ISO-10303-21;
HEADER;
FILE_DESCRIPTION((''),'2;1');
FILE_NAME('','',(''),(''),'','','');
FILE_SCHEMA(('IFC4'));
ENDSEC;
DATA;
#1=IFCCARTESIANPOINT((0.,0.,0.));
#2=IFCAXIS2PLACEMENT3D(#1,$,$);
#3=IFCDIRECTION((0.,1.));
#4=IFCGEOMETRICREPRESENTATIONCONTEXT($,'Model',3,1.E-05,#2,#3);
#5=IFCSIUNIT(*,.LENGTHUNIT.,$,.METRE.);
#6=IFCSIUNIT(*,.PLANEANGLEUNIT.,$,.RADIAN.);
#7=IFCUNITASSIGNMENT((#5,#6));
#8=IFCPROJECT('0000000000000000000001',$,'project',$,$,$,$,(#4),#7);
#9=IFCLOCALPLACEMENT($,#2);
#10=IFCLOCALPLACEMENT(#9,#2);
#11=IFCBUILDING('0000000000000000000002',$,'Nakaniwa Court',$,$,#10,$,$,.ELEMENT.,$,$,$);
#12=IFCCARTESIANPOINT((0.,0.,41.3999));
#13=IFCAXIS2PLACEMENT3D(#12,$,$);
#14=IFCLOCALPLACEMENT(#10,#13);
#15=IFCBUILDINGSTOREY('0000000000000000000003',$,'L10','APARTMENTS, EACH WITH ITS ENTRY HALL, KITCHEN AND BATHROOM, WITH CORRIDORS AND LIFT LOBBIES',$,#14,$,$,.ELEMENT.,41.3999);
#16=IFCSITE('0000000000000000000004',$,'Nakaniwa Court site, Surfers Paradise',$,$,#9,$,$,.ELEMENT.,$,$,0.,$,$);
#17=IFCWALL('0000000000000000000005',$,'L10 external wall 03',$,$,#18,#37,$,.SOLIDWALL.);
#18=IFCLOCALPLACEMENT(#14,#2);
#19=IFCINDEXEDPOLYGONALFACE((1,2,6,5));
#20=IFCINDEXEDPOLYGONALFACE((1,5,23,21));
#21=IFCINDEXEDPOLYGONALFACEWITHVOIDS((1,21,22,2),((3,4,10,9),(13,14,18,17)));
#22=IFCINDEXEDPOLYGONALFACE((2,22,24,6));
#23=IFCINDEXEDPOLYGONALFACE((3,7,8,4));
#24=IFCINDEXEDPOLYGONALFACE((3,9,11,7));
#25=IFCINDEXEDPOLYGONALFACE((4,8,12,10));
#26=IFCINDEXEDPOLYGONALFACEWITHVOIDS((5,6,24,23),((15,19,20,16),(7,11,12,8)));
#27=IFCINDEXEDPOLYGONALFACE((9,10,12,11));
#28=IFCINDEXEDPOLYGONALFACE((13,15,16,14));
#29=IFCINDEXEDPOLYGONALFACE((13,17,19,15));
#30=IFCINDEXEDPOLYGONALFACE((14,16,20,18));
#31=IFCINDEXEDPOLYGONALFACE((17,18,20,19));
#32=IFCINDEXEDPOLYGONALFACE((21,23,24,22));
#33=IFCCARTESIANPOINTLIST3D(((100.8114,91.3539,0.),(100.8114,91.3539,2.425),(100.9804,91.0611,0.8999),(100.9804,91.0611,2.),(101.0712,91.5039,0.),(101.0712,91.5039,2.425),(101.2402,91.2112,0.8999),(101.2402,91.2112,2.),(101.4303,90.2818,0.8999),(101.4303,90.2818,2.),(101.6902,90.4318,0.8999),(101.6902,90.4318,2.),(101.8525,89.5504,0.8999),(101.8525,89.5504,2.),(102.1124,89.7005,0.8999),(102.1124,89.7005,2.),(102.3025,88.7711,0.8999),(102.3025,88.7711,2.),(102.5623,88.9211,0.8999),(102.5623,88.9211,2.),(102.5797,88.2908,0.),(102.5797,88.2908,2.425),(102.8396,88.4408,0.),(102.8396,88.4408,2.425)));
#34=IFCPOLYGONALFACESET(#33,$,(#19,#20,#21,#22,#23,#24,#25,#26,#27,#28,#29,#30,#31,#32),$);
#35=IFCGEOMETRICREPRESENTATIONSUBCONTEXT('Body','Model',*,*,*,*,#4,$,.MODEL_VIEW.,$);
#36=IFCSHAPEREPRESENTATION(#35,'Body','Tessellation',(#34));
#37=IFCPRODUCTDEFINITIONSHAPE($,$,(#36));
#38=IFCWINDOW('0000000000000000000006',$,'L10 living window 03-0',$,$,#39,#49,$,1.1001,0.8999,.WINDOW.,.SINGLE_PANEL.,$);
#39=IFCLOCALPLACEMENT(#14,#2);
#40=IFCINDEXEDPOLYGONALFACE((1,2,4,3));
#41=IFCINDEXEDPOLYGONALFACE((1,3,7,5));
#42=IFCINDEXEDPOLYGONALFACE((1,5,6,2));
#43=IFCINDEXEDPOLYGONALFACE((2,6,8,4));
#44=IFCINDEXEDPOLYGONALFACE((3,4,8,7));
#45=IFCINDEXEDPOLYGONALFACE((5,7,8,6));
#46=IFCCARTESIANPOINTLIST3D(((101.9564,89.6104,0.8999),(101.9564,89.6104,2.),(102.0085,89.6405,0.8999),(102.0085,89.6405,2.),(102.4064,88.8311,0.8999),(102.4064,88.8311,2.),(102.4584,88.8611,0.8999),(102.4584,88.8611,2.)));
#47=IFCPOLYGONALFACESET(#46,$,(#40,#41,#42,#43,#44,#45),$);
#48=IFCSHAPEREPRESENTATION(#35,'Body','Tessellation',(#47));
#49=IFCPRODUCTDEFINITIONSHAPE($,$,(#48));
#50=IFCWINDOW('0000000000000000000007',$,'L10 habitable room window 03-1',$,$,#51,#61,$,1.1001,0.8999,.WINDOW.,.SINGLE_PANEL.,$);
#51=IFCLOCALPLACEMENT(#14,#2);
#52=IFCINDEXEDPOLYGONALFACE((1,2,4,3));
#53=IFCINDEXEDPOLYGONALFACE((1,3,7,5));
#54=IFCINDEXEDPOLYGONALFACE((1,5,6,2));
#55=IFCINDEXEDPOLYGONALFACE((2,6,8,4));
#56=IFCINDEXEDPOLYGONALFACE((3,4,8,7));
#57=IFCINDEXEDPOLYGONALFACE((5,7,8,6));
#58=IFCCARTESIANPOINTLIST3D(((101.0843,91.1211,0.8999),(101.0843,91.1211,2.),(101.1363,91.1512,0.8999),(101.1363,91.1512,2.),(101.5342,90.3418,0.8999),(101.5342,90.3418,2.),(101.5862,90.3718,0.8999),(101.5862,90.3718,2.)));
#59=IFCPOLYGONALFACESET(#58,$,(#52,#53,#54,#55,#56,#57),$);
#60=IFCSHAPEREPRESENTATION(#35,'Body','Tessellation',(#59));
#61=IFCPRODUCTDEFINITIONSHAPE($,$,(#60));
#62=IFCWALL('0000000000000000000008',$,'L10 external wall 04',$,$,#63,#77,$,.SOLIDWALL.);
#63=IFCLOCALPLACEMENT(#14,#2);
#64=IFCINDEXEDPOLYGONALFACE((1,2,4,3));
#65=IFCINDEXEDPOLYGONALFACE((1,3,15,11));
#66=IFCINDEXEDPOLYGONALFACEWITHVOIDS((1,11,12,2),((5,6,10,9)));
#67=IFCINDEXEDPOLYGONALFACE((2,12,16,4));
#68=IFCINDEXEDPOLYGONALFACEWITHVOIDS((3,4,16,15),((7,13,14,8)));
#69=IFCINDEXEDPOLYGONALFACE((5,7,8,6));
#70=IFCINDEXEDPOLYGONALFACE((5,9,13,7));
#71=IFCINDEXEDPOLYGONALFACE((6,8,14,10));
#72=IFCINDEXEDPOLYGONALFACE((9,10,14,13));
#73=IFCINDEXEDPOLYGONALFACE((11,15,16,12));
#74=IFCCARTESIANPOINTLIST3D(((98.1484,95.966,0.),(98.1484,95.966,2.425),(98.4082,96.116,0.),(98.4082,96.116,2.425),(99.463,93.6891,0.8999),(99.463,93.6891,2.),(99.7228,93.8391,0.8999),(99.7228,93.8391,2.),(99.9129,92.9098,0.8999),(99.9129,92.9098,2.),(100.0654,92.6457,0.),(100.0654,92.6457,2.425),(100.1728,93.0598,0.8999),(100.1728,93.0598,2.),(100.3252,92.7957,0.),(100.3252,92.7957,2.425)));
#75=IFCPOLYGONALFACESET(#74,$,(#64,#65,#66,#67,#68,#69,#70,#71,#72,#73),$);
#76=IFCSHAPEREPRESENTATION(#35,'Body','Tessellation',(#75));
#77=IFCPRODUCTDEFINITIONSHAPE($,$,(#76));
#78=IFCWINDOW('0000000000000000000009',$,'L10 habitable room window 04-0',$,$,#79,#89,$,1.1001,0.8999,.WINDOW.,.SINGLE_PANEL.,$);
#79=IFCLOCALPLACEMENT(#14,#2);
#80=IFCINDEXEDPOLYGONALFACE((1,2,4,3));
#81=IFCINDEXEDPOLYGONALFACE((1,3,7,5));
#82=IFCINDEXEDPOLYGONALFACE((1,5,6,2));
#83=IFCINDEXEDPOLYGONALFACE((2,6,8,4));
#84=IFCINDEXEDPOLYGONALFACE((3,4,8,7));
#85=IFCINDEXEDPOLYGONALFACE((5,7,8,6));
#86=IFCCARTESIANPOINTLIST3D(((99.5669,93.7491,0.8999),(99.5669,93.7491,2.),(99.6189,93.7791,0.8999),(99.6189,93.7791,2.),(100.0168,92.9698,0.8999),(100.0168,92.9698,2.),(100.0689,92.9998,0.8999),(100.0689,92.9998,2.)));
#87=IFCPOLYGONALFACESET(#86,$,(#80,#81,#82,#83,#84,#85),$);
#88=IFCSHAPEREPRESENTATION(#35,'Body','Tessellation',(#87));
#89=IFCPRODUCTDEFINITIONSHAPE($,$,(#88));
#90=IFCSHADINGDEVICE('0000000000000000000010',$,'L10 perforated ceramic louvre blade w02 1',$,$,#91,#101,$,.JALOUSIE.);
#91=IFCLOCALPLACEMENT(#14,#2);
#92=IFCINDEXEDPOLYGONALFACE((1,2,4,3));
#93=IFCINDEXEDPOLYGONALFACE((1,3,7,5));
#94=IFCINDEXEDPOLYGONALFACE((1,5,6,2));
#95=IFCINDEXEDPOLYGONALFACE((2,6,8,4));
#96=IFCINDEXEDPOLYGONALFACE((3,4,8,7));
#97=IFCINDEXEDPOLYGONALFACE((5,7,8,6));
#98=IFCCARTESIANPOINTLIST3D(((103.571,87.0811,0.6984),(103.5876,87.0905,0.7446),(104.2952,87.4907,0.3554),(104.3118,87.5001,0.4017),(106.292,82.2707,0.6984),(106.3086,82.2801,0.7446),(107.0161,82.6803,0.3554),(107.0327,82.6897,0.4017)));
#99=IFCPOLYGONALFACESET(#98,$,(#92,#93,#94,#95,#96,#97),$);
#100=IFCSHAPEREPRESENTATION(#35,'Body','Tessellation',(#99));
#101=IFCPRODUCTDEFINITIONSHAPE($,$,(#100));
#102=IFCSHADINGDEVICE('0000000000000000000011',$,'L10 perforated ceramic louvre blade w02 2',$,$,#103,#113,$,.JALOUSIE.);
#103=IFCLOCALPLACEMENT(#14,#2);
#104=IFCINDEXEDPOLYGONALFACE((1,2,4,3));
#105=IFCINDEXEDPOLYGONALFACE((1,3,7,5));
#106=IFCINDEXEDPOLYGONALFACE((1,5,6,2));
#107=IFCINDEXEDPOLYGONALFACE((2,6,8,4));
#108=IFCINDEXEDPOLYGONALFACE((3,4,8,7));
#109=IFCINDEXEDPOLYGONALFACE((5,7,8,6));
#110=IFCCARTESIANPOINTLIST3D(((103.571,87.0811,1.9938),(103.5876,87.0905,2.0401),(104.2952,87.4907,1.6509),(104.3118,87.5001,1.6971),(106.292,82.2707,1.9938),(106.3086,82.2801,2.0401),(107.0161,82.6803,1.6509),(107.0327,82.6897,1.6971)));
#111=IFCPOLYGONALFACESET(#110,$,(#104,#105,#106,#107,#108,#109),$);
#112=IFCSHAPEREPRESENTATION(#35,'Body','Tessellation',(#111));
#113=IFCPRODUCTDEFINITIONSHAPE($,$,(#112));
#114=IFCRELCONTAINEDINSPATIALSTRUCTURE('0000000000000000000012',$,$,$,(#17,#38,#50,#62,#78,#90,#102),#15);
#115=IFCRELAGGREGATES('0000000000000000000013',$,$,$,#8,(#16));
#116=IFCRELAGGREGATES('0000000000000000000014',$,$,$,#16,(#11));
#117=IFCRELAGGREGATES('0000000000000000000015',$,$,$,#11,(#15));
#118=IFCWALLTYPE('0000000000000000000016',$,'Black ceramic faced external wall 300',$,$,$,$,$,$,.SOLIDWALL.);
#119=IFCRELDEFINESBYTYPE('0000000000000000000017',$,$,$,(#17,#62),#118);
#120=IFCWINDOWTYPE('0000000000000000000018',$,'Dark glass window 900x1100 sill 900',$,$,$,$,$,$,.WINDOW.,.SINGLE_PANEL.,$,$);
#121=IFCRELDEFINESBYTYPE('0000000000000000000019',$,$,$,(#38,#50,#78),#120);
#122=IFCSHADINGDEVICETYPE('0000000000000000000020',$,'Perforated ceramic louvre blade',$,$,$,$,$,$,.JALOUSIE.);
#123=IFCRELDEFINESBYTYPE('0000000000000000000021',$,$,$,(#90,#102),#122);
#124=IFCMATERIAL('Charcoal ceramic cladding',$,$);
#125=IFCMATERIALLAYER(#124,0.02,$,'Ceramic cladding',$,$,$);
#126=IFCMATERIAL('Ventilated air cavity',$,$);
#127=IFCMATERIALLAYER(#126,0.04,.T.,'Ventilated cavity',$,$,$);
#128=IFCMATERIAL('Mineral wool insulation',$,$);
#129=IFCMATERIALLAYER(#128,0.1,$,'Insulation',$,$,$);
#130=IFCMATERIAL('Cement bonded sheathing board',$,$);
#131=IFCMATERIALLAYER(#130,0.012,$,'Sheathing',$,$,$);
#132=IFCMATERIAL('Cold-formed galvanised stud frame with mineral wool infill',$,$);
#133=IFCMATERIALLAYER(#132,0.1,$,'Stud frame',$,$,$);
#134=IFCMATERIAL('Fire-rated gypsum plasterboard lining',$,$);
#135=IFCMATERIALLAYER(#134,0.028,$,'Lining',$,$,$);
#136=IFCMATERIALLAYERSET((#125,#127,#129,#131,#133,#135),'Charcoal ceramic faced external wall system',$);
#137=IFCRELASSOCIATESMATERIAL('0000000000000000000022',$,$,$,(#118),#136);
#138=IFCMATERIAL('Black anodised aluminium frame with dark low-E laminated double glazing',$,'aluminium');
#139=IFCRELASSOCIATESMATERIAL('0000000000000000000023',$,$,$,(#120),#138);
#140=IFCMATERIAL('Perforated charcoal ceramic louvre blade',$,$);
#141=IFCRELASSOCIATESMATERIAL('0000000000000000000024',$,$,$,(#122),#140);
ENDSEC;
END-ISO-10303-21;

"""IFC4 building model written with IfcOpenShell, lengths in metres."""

from ifc_helpers import new_model, si_unit, direction, frame, frame_2d, origin, origin_2d, place, context, subcontext, project, spatial, rectangle, extrude, material, layer, layer_set, material_profile, profile_set, type_object, element, fill, save


model = new_model("IFC4")

# Units and contexts
model_context = context("Model", 3, precision=1e-05, world=origin(), true_north=direction((0.0, 1.0)))
body_context = subcontext(model_context, "Body", "Model", "MODEL_VIEW")
ifc_project = project(units=[si_unit("LENGTHUNIT", "METRE"), si_unit("PLANEANGLEUNIT", "RADIAN")], contexts=[model_context])

# Site, building, storey
site_placement = place(None, origin())
site = spatial("IfcSite", under=ifc_project, at=site_placement, Name="Nakaniwa Court site, Surfers Paradise", CompositionType="ELEMENT", RefElevation=0.0)
building_placement = place(site_placement, origin())
building = spatial("IfcBuilding", under=site, at=building_placement, Name="Nakaniwa Court", CompositionType="ELEMENT")
storey_placement = place(building_placement, frame((0.0, 0.0, 41.3999)))
storey = spatial("IfcBuildingStorey", under=building, at=storey_placement, Name="L10", Description="APARTMENTS, EACH WITH ITS ENTRY HALL, KITCHEN AND BATHROOM, WITH CORRIDORS AND LIFT LOBBIES", CompositionType="ELEMENT", Elevation=41.3999)

# Shared definitions
ifc_material_1 = material(Name="Charcoal ceramic cladding")
ifc_layer_1 = layer(ifc_material_1, 0.02, Name="Ceramic cladding")
ifc_material_2 = material(Name="Ventilated air cavity")
ifc_layer_2 = layer(ifc_material_2, 0.04, ventilated=True, Name="Ventilated cavity")
ifc_material_3 = material(Name="Mineral wool insulation")
ifc_layer_3 = layer(ifc_material_3, 0.1, Name="Insulation")
ifc_material_4 = material(Name="Cement bonded sheathing board")
ifc_layer_4 = layer(ifc_material_4, 0.012, Name="Sheathing")
ifc_material_5 = material(Name="Cold-formed galvanised stud frame with mineral wool infill")
ifc_layer_5 = layer(ifc_material_5, 0.1, Name="Stud frame")
ifc_material_6 = material(Name="Fire-rated gypsum plasterboard lining")
ifc_layer_6 = layer(ifc_material_6, 0.028, Name="Lining")
ifc_layer_set = layer_set([ifc_layer_1, ifc_layer_2, ifc_layer_3, ifc_layer_4, ifc_layer_5, ifc_layer_6], Name="Charcoal ceramic faced external wall system")
wall_type = type_object("IfcWallType", Name="Black ceramic faced external wall 300", PredefinedType="SOLIDWALL", material=ifc_layer_set)
ifc_material_7 = material(Name="Black anodised aluminium frame with dark low-E laminated double glazing", Category="aluminium")

# Wall, openings, windows
wall_1_placement = place(storey_placement, frame((102.7097, 88.3657, 0.0), z_axis=(0.0, 0.0, 1.0), x_axis=(-0.499977, 0.866038, 0.0)))
wall_1 = element("IfcWall", 1, at=wall_1_placement, inside=storey, type_object=wall_type, Name="L10 external wall 03", PredefinedType="SOLIDWALL", context=body_context, shape_type="SweptSolid", body=[
    extrude(rectangle(XDim=3.5369, YDim=0.3, at=frame_2d((1.7686, 0.0))), origin(), (0.0, 0.0, 1.0), 2.425),
])
opening_1_placement = place(wall_1_placement, frame((0.5547, 0.0, 0.8999)))
opening_1 = element("IfcOpeningElement", 2, at=opening_1_placement, cuts=wall_1, PredefinedType="OPENING", context=body_context, shape_type="SweptSolid", body=[
    extrude(rectangle(XDim=0.8999, YDim=1.1001, at=frame_2d((0.45, 0.55))), frame((0.0, 0.1599, 0.0), z_axis=(0.0, -1.0, 0.0), x_axis=(1.0, 0.0, 0.0)), (0.0, 0.0, 1.0), 0.3201),
])
opening_2_placement = place(wall_1_placement, frame((2.2991, 0.0, 0.8999)))
opening_2 = element("IfcOpeningElement", 3, at=opening_2_placement, cuts=wall_1, PredefinedType="OPENING", context=body_context, shape_type="SweptSolid", body=[
    extrude(rectangle(XDim=0.8999, YDim=1.1001, at=frame_2d((0.45, 0.55))), frame((0.0, 0.1599, 0.0), z_axis=(0.0, -1.0, 0.0), x_axis=(1.0, 0.0, 0.0)), (0.0, 0.0, 1.0), 0.3201),
])
window_type_1 = type_object("IfcWindowType", Name="Dark glass window 900x1100 sill 900", PartitioningType="SINGLE_PANEL", PredefinedType="WINDOW", material=ifc_material_7)
window_1_placement = place(opening_1_placement, origin())
window_1 = element("IfcWindow", 4, at=window_1_placement, inside=storey, type_object=window_type_1, Name="L10 living window 03-0", OverallHeight=1.1001, OverallWidth=0.8999, PartitioningType="SINGLE_PANEL", PredefinedType="WINDOW", context=body_context, shape_type="SweptSolid", body=[
    extrude(rectangle(XDim=0.8999, YDim=1.1001, at=frame_2d((0.45, 0.55))), frame((0.0, 0.03, 0.0), z_axis=(0.0, -1.0, 0.0), x_axis=(1.0, 0.0, 0.0)), (0.0, 0.0, 1.0), 0.0601),
])
fill(opening_1, window_1)
window_2_placement = place(opening_2_placement, origin())
window_2 = element("IfcWindow", 5, at=window_2_placement, inside=storey, type_object=window_type_1, Name="L10 habitable room window 03-1", OverallHeight=1.1001, OverallWidth=0.8999, PartitioningType="SINGLE_PANEL", PredefinedType="WINDOW", context=body_context, shape_type="SweptSolid", body=[
    extrude(rectangle(XDim=0.8999, YDim=1.1001, at=frame_2d((0.45, 0.55))), frame((0.0, 0.03, 0.0), z_axis=(0.0, -1.0, 0.0), x_axis=(1.0, 0.0, 0.0)), (0.0, 0.0, 1.0), 0.0601),
])
fill(opening_2, window_2)

# Wall, opening, window
wall_2_placement = place(storey_placement, frame((100.1953, 92.7207, 0.0), z_axis=(0.0, 0.0, 1.0), x_axis=(-0.500002, 0.866024, 0.0)))
wall_2 = element("IfcWall", 6, at=wall_2_placement, inside=storey, type_object=wall_type, Name="L10 external wall 04", PredefinedType="SOLIDWALL", context=body_context, shape_type="SweptSolid", body=[
    extrude(rectangle(XDim=3.834, YDim=0.3, at=frame_2d((1.917, 0.0))), origin(), (0.0, 0.0, 1.0), 2.425),
])
opening_3_placement = place(wall_2_placement, frame((0.3049, 0.0, 0.8999)))
opening_3 = element("IfcOpeningElement", 7, at=opening_3_placement, cuts=wall_2, PredefinedType="OPENING", context=body_context, shape_type="SweptSolid", body=[
    extrude(rectangle(XDim=0.8999, YDim=1.1001, at=frame_2d((0.45, 0.55))), frame((0.0, 0.1599, 0.0), z_axis=(0.0, -1.0, 0.0), x_axis=(1.0, 0.0, 0.0)), (0.0, 0.0, 1.0), 0.3201),
])
window_3_placement = place(opening_3_placement, origin())
window_3 = element("IfcWindow", 8, at=window_3_placement, inside=storey, type_object=window_type_1, Name="L10 habitable room window 04-0", OverallHeight=1.1001, OverallWidth=0.8999, PartitioningType="SINGLE_PANEL", PredefinedType="WINDOW", context=body_context, shape_type="SweptSolid", body=[
    extrude(rectangle(XDim=0.8999, YDim=1.1001, at=frame_2d((0.45, 0.55))), frame((0.0, 0.03, 0.0), z_axis=(0.0, -1.0, 0.0), x_axis=(1.0, 0.0, 0.0)), (0.0, 0.0, 1.0), 0.0601),
])
fill(opening_3, window_3)

# Shading devices
ifc_material_8 = material(Name="Perforated charcoal ceramic louvre blade")
ifc_material_profile_1 = material_profile(ifc_material_8, rectangle(XDim=0.8999, YDim=0.05, at=origin_2d()), Name="Perforated ceramic louvre blade")
ifc_profile_set_1 = profile_set([ifc_material_profile_1], Name="Perforated charcoal ceramic louvre blade")
shading_device_type = type_object("IfcShadingDeviceType", Name="Perforated ceramic louvre blade", PredefinedType="JALOUSIE", material=ifc_profile_set_1)
for number, where, z_axis, x_axis, name in (
    (9, (106.6624, 82.4802, 0.55), (-0.492343, 0.870402, 0.0), (-0.804726, -0.455193, 0.38107), "L10 perforated ceramic louvre blade w02 1"),
    (10, (106.6624, 82.4802, 1.8455), (-0.492343, 0.870402, 0.0), (-0.804726, -0.455193, 0.38107), "L10 perforated ceramic louvre blade w02 2"),
):
    element("IfcShadingDevice", number, at=place(storey_placement, frame(where, z_axis=z_axis, x_axis=x_axis)), inside=storey, type_object=shading_device_type, Name=name, PredefinedType="JALOUSIE", context=body_context, shape_type="SweptSolid", body=[
        extrude(rectangle(XDim=0.8999, YDim=0.05, at=origin_2d()), origin(), (0.0, 0.0, 1.0), 5.5266),
    ])

save(model, "model.ifc")
